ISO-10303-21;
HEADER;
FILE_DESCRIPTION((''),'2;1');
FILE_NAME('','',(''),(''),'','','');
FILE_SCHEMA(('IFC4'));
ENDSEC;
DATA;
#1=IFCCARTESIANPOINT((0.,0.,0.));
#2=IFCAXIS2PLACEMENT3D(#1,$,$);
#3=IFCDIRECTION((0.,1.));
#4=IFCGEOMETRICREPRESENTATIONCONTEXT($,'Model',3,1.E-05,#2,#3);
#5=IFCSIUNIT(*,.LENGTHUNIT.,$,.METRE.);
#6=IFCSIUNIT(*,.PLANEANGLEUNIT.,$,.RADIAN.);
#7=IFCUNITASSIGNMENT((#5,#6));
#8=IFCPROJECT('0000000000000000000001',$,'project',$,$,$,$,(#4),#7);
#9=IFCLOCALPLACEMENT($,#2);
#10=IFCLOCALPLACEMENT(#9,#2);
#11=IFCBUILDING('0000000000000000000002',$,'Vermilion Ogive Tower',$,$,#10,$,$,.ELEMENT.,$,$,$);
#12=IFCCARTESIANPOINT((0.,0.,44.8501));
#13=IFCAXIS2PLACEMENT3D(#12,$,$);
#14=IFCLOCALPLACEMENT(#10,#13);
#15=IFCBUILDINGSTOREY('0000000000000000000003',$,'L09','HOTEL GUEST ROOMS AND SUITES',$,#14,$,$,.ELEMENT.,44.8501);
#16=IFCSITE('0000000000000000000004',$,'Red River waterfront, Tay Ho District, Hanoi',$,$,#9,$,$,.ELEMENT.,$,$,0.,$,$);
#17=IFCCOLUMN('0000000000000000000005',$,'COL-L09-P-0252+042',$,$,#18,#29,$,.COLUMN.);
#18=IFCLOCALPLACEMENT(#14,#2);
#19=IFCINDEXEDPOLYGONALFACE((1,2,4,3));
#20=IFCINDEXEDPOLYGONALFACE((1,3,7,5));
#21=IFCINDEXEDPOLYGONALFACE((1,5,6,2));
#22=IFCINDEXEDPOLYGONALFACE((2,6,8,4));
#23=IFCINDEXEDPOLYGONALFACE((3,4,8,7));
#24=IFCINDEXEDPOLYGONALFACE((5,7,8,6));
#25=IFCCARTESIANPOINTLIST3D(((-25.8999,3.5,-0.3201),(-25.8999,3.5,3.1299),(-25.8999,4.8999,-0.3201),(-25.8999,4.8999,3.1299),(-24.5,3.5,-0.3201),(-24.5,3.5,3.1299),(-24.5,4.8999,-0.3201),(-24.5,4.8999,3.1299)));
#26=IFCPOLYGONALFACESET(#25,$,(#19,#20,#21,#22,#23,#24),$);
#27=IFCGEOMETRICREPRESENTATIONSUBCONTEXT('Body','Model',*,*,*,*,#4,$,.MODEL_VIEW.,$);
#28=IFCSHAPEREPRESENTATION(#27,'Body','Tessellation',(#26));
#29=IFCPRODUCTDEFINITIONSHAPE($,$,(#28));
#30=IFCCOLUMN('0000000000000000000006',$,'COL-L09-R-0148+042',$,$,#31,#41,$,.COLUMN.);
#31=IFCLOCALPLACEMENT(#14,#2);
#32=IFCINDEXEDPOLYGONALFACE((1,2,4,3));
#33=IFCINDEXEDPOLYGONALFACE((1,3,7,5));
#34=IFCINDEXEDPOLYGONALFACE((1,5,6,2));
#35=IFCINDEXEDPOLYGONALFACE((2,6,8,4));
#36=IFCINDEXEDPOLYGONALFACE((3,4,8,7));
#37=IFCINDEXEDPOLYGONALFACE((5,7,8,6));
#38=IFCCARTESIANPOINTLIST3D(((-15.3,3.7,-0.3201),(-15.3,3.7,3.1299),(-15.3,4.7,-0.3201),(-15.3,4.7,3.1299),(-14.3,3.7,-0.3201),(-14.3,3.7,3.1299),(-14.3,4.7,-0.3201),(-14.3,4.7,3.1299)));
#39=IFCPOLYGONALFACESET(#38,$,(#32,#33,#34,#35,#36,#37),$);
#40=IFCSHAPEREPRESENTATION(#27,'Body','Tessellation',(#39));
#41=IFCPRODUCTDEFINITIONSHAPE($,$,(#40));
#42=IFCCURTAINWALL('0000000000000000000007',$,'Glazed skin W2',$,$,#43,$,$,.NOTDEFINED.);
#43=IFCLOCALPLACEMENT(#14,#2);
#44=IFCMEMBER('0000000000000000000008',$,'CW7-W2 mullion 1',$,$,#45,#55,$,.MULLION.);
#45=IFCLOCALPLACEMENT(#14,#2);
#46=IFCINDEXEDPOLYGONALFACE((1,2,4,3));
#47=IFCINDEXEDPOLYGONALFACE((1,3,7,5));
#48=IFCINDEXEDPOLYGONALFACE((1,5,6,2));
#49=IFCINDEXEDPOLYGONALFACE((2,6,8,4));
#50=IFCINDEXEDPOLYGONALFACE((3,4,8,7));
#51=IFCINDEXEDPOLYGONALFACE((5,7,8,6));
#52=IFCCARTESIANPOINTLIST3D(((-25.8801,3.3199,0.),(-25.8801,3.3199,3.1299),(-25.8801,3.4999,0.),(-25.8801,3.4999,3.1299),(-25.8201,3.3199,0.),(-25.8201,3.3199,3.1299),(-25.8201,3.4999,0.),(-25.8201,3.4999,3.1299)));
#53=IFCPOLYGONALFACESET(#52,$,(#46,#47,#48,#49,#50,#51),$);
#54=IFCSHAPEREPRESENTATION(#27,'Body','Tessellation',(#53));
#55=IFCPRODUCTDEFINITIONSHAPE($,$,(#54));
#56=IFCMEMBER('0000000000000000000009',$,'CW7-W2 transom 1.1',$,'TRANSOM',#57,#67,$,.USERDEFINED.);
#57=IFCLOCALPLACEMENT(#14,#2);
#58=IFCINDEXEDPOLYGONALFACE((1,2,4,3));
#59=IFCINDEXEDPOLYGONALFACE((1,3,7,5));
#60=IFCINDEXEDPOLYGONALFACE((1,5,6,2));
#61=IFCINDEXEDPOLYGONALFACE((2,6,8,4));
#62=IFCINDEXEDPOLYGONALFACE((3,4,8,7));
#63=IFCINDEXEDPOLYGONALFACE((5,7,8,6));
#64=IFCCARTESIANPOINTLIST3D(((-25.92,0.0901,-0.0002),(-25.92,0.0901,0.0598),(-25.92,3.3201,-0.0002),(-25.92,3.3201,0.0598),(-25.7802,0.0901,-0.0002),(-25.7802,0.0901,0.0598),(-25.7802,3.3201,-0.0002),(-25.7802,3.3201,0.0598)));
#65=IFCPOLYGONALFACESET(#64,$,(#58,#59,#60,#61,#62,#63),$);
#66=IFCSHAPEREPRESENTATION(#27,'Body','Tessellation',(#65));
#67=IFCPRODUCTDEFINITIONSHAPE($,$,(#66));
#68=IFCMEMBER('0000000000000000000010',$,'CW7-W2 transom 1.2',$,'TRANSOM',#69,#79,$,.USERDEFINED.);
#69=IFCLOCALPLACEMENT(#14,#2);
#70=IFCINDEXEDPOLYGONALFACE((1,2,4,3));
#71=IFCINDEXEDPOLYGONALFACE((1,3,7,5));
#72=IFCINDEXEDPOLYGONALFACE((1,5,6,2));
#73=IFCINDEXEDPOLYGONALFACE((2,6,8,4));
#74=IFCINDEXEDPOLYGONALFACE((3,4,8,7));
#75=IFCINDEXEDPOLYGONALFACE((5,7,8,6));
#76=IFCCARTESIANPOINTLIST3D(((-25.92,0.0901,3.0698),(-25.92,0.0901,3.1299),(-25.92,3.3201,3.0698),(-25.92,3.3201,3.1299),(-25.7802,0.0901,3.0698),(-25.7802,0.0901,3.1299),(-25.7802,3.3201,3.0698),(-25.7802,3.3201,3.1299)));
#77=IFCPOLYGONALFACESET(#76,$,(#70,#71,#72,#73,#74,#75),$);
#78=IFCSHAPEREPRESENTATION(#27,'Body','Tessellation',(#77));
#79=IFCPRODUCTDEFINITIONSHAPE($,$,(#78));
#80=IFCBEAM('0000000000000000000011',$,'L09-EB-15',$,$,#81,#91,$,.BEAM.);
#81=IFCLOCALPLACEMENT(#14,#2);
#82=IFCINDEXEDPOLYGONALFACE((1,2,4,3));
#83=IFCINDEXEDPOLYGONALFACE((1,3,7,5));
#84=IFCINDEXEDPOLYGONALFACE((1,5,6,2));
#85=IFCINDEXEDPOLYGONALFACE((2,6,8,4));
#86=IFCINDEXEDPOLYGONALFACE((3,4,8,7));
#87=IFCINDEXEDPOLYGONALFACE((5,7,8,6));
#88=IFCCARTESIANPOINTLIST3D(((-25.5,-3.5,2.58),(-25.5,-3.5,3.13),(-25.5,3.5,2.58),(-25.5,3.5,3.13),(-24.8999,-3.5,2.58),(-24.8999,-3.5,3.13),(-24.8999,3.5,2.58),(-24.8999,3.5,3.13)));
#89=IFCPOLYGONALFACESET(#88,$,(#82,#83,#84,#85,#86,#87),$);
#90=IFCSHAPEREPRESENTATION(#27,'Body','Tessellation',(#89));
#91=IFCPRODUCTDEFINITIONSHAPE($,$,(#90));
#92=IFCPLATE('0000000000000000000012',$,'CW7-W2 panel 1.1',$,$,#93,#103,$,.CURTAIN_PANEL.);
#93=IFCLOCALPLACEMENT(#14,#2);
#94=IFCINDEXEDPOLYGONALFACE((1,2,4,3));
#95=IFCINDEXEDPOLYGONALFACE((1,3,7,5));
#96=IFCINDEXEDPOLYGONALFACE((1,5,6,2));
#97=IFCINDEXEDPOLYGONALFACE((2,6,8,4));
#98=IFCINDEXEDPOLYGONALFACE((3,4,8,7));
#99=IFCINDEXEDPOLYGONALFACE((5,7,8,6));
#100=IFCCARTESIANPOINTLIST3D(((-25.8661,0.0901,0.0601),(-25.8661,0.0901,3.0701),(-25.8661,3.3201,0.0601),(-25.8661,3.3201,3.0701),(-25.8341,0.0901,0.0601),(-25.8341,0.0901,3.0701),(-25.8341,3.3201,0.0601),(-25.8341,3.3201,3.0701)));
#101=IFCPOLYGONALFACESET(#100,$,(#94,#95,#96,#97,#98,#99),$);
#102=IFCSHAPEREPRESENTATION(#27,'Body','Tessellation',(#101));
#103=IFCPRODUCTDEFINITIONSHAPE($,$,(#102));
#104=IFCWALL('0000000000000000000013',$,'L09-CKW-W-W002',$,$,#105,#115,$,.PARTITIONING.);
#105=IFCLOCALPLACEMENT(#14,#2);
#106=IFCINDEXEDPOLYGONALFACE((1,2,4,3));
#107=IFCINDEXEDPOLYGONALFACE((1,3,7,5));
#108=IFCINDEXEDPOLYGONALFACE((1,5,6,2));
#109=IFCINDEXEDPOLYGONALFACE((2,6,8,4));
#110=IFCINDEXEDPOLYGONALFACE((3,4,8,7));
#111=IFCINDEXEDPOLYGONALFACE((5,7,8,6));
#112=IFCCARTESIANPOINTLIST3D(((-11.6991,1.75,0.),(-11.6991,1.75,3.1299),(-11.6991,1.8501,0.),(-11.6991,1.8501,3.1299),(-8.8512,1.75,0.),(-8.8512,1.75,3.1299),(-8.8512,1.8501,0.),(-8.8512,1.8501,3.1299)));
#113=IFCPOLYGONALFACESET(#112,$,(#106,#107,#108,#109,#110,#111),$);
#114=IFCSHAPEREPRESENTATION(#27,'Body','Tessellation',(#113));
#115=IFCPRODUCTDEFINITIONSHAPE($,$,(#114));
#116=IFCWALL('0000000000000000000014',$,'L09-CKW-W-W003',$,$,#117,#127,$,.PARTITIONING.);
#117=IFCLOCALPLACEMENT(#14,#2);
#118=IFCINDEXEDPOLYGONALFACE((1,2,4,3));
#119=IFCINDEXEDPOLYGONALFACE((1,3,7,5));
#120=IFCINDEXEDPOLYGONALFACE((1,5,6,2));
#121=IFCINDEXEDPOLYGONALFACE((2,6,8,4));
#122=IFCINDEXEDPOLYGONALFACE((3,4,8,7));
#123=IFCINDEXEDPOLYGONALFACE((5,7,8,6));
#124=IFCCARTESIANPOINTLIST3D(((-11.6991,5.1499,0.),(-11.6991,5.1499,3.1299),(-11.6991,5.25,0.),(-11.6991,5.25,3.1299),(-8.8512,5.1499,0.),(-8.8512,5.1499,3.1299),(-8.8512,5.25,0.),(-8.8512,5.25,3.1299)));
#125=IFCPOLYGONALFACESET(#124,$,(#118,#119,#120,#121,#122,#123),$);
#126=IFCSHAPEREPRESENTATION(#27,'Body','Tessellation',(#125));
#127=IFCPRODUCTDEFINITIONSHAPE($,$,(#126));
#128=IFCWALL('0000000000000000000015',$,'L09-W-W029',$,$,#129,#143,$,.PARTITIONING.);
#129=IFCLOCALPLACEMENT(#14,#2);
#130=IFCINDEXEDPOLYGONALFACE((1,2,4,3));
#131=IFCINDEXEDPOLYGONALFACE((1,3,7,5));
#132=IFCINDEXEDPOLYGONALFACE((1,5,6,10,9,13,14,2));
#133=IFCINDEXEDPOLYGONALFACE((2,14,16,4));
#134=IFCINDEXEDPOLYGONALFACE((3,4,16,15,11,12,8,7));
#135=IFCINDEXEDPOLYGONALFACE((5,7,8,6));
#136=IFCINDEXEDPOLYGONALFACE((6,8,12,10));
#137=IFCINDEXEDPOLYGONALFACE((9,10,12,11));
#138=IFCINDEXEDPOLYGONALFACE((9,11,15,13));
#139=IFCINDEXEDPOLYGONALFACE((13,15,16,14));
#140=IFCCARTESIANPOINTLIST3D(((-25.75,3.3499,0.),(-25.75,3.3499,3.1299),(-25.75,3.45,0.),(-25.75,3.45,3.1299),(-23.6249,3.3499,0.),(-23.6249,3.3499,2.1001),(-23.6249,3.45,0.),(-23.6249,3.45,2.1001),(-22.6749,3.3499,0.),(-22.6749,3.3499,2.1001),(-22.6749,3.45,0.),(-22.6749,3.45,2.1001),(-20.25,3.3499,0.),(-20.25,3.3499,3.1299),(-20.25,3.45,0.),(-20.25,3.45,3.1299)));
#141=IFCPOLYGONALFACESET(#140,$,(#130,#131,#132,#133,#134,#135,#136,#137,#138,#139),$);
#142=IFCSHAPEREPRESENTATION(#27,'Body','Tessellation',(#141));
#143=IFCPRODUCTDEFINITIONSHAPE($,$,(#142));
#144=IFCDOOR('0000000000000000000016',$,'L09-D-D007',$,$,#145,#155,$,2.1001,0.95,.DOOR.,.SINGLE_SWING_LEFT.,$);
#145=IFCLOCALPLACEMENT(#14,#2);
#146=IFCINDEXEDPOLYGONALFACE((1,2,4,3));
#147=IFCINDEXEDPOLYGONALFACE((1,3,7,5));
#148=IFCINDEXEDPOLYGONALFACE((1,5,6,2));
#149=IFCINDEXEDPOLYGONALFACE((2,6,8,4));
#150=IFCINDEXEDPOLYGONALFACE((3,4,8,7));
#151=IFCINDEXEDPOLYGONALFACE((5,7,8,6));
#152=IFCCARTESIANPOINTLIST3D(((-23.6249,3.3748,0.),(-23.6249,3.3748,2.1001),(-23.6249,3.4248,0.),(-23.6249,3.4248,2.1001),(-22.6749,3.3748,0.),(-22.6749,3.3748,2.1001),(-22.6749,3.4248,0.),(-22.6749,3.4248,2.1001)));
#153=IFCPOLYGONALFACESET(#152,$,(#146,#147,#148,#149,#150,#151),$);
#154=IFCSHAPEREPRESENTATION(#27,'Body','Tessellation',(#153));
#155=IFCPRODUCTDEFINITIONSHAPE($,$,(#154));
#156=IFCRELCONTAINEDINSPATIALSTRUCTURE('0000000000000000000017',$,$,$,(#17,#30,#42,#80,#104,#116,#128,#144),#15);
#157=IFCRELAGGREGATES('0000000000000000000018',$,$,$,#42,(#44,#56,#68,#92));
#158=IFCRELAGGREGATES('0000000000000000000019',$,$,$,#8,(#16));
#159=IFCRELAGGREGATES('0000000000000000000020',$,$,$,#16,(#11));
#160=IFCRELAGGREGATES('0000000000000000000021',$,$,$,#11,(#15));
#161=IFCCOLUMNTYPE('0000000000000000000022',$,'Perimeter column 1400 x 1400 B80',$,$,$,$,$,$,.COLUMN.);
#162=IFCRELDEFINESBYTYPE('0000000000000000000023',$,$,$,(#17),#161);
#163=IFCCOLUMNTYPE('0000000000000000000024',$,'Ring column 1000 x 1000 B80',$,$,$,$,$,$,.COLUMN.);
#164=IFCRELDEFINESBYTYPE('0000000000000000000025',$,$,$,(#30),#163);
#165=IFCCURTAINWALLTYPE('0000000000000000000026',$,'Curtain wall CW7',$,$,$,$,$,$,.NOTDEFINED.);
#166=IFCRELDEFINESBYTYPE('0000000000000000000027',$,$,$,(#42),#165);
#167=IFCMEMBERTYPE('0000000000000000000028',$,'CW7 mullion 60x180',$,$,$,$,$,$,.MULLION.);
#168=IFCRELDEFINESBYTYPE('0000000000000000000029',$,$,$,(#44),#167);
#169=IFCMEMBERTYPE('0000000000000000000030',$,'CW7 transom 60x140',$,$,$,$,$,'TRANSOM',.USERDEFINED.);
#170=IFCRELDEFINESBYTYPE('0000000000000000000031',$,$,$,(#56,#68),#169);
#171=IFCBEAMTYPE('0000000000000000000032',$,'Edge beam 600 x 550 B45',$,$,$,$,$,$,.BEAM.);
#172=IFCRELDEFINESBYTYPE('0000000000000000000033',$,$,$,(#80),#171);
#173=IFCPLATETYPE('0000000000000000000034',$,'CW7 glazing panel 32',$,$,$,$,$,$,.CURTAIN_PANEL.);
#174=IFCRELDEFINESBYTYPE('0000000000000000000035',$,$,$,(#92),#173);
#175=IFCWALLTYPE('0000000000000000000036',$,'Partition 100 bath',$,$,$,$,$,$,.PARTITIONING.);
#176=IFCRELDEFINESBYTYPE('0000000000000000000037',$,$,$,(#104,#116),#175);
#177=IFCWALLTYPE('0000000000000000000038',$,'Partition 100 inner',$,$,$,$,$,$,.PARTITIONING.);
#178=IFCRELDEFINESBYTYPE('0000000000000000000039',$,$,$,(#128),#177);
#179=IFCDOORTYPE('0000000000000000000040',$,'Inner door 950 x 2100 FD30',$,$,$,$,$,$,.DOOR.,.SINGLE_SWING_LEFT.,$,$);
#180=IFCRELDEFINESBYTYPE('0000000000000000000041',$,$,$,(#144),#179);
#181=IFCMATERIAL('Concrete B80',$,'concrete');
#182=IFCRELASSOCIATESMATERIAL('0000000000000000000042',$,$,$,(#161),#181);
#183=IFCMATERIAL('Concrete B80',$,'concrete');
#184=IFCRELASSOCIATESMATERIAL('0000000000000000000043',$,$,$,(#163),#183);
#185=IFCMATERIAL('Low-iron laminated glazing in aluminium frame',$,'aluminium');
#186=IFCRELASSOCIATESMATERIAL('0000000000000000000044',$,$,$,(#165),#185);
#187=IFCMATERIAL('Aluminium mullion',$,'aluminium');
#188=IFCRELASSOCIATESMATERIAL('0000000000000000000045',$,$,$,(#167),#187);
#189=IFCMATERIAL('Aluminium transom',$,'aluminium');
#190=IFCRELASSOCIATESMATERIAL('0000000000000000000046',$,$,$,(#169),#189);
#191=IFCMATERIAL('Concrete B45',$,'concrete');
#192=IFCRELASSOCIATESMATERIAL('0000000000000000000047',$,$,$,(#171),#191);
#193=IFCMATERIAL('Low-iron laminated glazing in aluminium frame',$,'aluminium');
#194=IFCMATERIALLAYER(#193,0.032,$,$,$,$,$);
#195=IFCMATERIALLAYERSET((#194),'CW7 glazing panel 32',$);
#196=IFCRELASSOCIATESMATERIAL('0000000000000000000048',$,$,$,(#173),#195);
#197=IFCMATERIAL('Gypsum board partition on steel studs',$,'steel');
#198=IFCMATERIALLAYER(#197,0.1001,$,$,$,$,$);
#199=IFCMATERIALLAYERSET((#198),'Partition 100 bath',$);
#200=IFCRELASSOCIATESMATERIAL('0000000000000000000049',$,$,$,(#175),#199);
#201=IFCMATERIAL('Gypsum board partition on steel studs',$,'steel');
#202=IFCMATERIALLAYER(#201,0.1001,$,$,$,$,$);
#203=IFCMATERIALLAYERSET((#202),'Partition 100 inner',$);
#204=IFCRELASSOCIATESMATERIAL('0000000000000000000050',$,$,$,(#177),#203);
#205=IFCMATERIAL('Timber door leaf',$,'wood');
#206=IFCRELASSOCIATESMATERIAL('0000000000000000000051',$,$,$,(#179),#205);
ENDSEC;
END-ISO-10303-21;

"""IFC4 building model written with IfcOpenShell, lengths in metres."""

from ifc_helpers import new_model, si_unit, direction, frame, frame_2d, origin, origin_2d, place, context, subcontext, project, spatial, rectangle, extrude, material, layer, layer_set, material_profile, profile_set, type_object, element, fill, aggregate, save


model = new_model("IFC4")

# Units and contexts
model_context = context("Model", 3, precision=1e-05, world=origin(), true_north=direction((0.0, 1.0)))
body_context = subcontext(model_context, "Body", "Model", "MODEL_VIEW")
ifc_project = project(units=[si_unit("LENGTHUNIT", "METRE"), si_unit("PLANEANGLEUNIT", "RADIAN")], contexts=[model_context])

# Site, building, storey
site_placement = place(None, origin())
site = spatial("IfcSite", under=ifc_project, at=site_placement, Name="Red River waterfront, Tay Ho District, Hanoi", CompositionType="ELEMENT", RefElevation=0.0)
building_placement = place(site_placement, origin())
building = spatial("IfcBuilding", under=site, at=building_placement, Name="Vermilion Ogive Tower", CompositionType="ELEMENT")
storey_placement = place(building_placement, frame((0.0, 0.0, 44.8501)))
storey = spatial("IfcBuildingStorey", under=building, at=storey_placement, Name="L09", Description="HOTEL GUEST ROOMS AND SUITES", CompositionType="ELEMENT", Elevation=44.8501)

# Columns
ifc_material_1 = material(Name="Concrete B80", Category="concrete")
ifc_material_profile_1 = material_profile(ifc_material_1, rectangle(XDim=1.3999, YDim=1.3999, at=origin_2d()), Name="1400 x 1400")
ifc_profile_set_1 = profile_set([ifc_material_profile_1], Name="Concrete B80")
column_type_1 = type_object("IfcColumnType", Name="Perimeter column 1400 x 1400 B80", PredefinedType="COLUMN", material=ifc_profile_set_1)
column_1_placement = place(storey_placement, frame((-25.2, 4.2, -0.3201), z_axis=(0.0, 0.0, 1.0), x_axis=(1.0, 0.0, 0.0)))
element("IfcColumn", 1, at=column_1_placement, inside=storey, type_object=column_type_1, Name="COL-L09-P-0252+042", PredefinedType="COLUMN", context=body_context, shape_type="SweptSolid", body=[
    extrude(rectangle(XDim=1.3999, YDim=1.3999, at=origin_2d()), origin(), (0.0, 0.0, 1.0), 3.45),
])
ifc_material_2 = material(Name="Concrete B80", Category="concrete")
ifc_material_profile_2 = material_profile(ifc_material_2, rectangle(XDim=1.0, YDim=1.0, at=origin_2d()), Name="1000 x 1000")
ifc_profile_set_2 = profile_set([ifc_material_profile_2], Name="Concrete B80")
column_type_2 = type_object("IfcColumnType", Name="Ring column 1000 x 1000 B80", PredefinedType="COLUMN", material=ifc_profile_set_2)
column_2_placement = place(storey_placement, frame((-14.8, 4.2, -0.3201), z_axis=(0.0, 0.0, 1.0), x_axis=(1.0, 0.0, 0.0)))
element("IfcColumn", 2, at=column_2_placement, inside=storey, type_object=column_type_2, Name="COL-L09-R-0148+042", PredefinedType="COLUMN", context=body_context, shape_type="SweptSolid", body=[
    extrude(rectangle(XDim=1.0, YDim=1.0, at=origin_2d()), origin(), (0.0, 0.0, 1.0), 3.45),
])

# Curtain wall, members
ifc_material_3 = material(Name="Low-iron laminated glazing in aluminium frame", Category="aluminium")
curtain_wall_type = type_object("IfcCurtainWallType", Name="Curtain wall CW7", PredefinedType="NOTDEFINED", material=ifc_material_3)
curtain_wall_placement = place(storey_placement, origin())
curtain_wall = element("IfcCurtainWall", 3, at=curtain_wall_placement, inside=storey, type_object=curtain_wall_type, Name="Glazed skin W2", PredefinedType="NOTDEFINED")
ifc_material_4 = material(Name="Aluminium mullion", Category="aluminium")
ifc_material_profile_3 = material_profile(ifc_material_4, rectangle(XDim=0.0601, YDim=0.1799, at=origin_2d()), Name="AL 60x180")
ifc_profile_set_3 = profile_set([ifc_material_profile_3], Name="Aluminium mullion")
member_type_1 = type_object("IfcMemberType", Name="CW7 mullion 60x180", PredefinedType="MULLION", material=ifc_profile_set_3)
member_1_placement = place(storey_placement, frame((-25.8501, 3.4099, 0.0), z_axis=(0.0, 0.0, 1.0), x_axis=(1.0, 0.0, 0.0)))
member_1 = element("IfcMember", 4, at=member_1_placement, type_object=member_type_1, Name="CW7-W2 mullion 1", PredefinedType="MULLION", context=body_context, shape_type="SweptSolid", body=[
    extrude(rectangle(XDim=0.0601, YDim=0.1799, at=origin_2d()), origin(), (0.0, 0.0, 1.0), 3.1299),
])
ifc_material_5 = material(Name="Aluminium transom", Category="aluminium")
ifc_material_profile_4 = material_profile(ifc_material_5, rectangle(XDim=0.1399, YDim=0.0601, at=origin_2d()), Name="AL 60x140")
ifc_profile_set_4 = profile_set([ifc_material_profile_4], Name="Aluminium transom")
member_type_2 = type_object("IfcMemberType", Name="CW7 transom 60x140", ElementType="TRANSOM", PredefinedType="USERDEFINED", material=ifc_profile_set_4)
member_2_placement = place(storey_placement, frame((-25.8501, 3.3201, 0.0298), z_axis=(0.0, -1.0, 0.0), x_axis=(1.0, 0.0, 0.0)))
member_2 = element("IfcMember", 5, at=member_2_placement, type_object=member_type_2, Name="CW7-W2 transom 1.1", ObjectType="TRANSOM", PredefinedType="USERDEFINED", context=body_context, shape_type="SweptSolid", body=[
    extrude(rectangle(XDim=0.1399, YDim=0.0601, at=origin_2d()), origin(), (0.0, 0.0, 1.0), 3.23),
])
member_3_placement = place(storey_placement, frame((-25.8501, 3.3201, 3.0999), z_axis=(0.0, -1.0, 0.0), x_axis=(1.0, 0.0, 0.0)))
member_3 = element("IfcMember", 6, at=member_3_placement, type_object=member_type_2, Name="CW7-W2 transom 1.2", ObjectType="TRANSOM", PredefinedType="USERDEFINED", context=body_context, shape_type="SweptSolid", body=[
    extrude(rectangle(XDim=0.1399, YDim=0.0601, at=origin_2d()), origin(), (0.0, 0.0, 1.0), 3.23),
])

# Beam
ifc_material_6 = material(Name="Concrete B45", Category="concrete")
ifc_material_profile_5 = material_profile(ifc_material_6, rectangle(XDim=0.6001, YDim=0.55, at=origin_2d()), Name="600 x 550")
ifc_profile_set_5 = profile_set([ifc_material_profile_5], Name="Concrete B45")
beam_type = type_object("IfcBeamType", Name="Edge beam 600 x 550 B45", PredefinedType="BEAM", material=ifc_profile_set_5)
beam_placement = place(storey_placement, frame((-25.2, 3.5, 2.855), z_axis=(0.0, -1.0, 0.0), x_axis=(1.0, 0.0, 0.0)))
element("IfcBeam", 7, at=beam_placement, inside=storey, type_object=beam_type, Name="L09-EB-15", PredefinedType="BEAM", context=body_context, shape_type="SweptSolid", body=[
    extrude(rectangle(XDim=0.6001, YDim=0.55, at=origin_2d()), origin(), (0.0, 0.0, 1.0), 7.0),
])

# Plate
ifc_material_7 = material(Name="Low-iron laminated glazing in aluminium frame", Category="aluminium")
ifc_layer_1 = layer(ifc_material_7, 0.032)
ifc_layer_set_1 = layer_set([ifc_layer_1], Name="CW7 glazing panel 32")
plate_type = type_object("IfcPlateType", Name="CW7 glazing panel 32", PredefinedType="CURTAIN_PANEL", material=ifc_layer_set_1)
plate_placement = place(storey_placement, frame((-25.8501, 1.7051, 0.0601), z_axis=(0.0, 0.0, 1.0), x_axis=(0.0, -1.0, 0.0)))
plate = element("IfcPlate", 8, at=plate_placement, type_object=plate_type, Name="CW7-W2 panel 1.1", PredefinedType="CURTAIN_PANEL", context=body_context, shape_type="SweptSolid", body=[
    extrude(rectangle(XDim=3.23, YDim=0.032, at=origin_2d()), origin(), (0.0, 0.0, 1.0), 3.01),
])
aggregate(curtain_wall, [member_1, member_2, member_3, plate])

# Walls
ifc_material_8 = material(Name="Gypsum board partition on steel studs", Category="steel")
ifc_layer_2 = layer(ifc_material_8, 0.1001)
ifc_layer_set_2 = layer_set([ifc_layer_2], Name="Partition 100 bath")
wall_type_1 = type_object("IfcWallType", Name="Partition 100 bath", PredefinedType="PARTITIONING", material=ifc_layer_set_2)
for number, where, z_axis, x_axis, name in (
    (9, (-11.699, 1.8, 0.0), (0.0, 0.0, 1.0), (1.0, 0.0, 0.0), "L09-CKW-W-W002"),
    (10, (-11.699, 5.2, 0.0), (0.0, 0.0, 1.0), (1.0, 0.0, 0.0), "L09-CKW-W-W003"),
):
    element("IfcWall", number, at=place(storey_placement, frame(where, z_axis=z_axis, x_axis=x_axis)), inside=storey, type_object=wall_type_1, Name=name, PredefinedType="PARTITIONING", context=body_context, shape_type="SweptSolid", body=[
        extrude(rectangle(XDim=2.8479, YDim=0.1001, at=frame_2d((1.4238, 0.0))), origin(), (0.0, 0.0, 1.0), 3.1299),
    ])

# Wall, opening, door
ifc_material_9 = material(Name="Gypsum board partition on steel studs", Category="steel")
ifc_layer_3 = layer(ifc_material_9, 0.1001)
ifc_layer_set_3 = layer_set([ifc_layer_3], Name="Partition 100 inner")
wall_type_2 = type_object("IfcWallType", Name="Partition 100 inner", PredefinedType="PARTITIONING", material=ifc_layer_set_3)
wall_1_placement = place(storey_placement, frame((-25.75, 3.3999, 0.0), z_axis=(0.0, 0.0, 1.0), x_axis=(1.0, 0.0, 0.0)))
wall_1 = element("IfcWall", 11, at=wall_1_placement, inside=storey, type_object=wall_type_2, Name="L09-W-W029", PredefinedType="PARTITIONING", context=body_context, shape_type="SweptSolid", body=[
    extrude(rectangle(XDim=5.5, YDim=0.1001, at=frame_2d((2.75, 0.0))), origin(), (0.0, 0.0, 1.0), 3.1299),
])
opening_1_placement = place(wall_1_placement, frame((2.125, 0.0, 0.0)))
opening_1 = element("IfcOpeningElement", 12, at=opening_1_placement, cuts=wall_1, PredefinedType="OPENING", context=body_context, shape_type="SweptSolid", body=[
    extrude(rectangle(XDim=0.95, YDim=2.1001, at=frame_2d((0.4751, 1.05))), frame((0.0, 0.0601, 0.0), z_axis=(0.0, -1.0, 0.0), x_axis=(1.0, 0.0, 0.0)), (0.0, 0.0, 1.0), 0.1201),
])
ifc_material_10 = material(Name="Timber door leaf", Category="wood")
door_type_1 = type_object("IfcDoorType", Name="Inner door 950 x 2100 FD30", OperationType="SINGLE_SWING_LEFT", PredefinedType="DOOR", material=ifc_material_10)
door_1_placement = place(opening_1_placement, origin())
door_1 = element("IfcDoor", 13, at=door_1_placement, inside=storey, type_object=door_type_1, Name="L09-D-D007", OperationType="SINGLE_SWING_LEFT", OverallHeight=2.1001, OverallWidth=0.95, PredefinedType="DOOR", context=body_context, shape_type="SweptSolid", body=[
    extrude(rectangle(XDim=0.95, YDim=2.1001, at=frame_2d((0.4751, 1.05))), frame((0.0, 0.0249, 0.0), z_axis=(0.0, -1.0, 0.0), x_axis=(1.0, 0.0, 0.0)), (0.0, 0.0, 1.0), 0.05),
])
fill(opening_1, door_1)

save(model, "model.ifc")
